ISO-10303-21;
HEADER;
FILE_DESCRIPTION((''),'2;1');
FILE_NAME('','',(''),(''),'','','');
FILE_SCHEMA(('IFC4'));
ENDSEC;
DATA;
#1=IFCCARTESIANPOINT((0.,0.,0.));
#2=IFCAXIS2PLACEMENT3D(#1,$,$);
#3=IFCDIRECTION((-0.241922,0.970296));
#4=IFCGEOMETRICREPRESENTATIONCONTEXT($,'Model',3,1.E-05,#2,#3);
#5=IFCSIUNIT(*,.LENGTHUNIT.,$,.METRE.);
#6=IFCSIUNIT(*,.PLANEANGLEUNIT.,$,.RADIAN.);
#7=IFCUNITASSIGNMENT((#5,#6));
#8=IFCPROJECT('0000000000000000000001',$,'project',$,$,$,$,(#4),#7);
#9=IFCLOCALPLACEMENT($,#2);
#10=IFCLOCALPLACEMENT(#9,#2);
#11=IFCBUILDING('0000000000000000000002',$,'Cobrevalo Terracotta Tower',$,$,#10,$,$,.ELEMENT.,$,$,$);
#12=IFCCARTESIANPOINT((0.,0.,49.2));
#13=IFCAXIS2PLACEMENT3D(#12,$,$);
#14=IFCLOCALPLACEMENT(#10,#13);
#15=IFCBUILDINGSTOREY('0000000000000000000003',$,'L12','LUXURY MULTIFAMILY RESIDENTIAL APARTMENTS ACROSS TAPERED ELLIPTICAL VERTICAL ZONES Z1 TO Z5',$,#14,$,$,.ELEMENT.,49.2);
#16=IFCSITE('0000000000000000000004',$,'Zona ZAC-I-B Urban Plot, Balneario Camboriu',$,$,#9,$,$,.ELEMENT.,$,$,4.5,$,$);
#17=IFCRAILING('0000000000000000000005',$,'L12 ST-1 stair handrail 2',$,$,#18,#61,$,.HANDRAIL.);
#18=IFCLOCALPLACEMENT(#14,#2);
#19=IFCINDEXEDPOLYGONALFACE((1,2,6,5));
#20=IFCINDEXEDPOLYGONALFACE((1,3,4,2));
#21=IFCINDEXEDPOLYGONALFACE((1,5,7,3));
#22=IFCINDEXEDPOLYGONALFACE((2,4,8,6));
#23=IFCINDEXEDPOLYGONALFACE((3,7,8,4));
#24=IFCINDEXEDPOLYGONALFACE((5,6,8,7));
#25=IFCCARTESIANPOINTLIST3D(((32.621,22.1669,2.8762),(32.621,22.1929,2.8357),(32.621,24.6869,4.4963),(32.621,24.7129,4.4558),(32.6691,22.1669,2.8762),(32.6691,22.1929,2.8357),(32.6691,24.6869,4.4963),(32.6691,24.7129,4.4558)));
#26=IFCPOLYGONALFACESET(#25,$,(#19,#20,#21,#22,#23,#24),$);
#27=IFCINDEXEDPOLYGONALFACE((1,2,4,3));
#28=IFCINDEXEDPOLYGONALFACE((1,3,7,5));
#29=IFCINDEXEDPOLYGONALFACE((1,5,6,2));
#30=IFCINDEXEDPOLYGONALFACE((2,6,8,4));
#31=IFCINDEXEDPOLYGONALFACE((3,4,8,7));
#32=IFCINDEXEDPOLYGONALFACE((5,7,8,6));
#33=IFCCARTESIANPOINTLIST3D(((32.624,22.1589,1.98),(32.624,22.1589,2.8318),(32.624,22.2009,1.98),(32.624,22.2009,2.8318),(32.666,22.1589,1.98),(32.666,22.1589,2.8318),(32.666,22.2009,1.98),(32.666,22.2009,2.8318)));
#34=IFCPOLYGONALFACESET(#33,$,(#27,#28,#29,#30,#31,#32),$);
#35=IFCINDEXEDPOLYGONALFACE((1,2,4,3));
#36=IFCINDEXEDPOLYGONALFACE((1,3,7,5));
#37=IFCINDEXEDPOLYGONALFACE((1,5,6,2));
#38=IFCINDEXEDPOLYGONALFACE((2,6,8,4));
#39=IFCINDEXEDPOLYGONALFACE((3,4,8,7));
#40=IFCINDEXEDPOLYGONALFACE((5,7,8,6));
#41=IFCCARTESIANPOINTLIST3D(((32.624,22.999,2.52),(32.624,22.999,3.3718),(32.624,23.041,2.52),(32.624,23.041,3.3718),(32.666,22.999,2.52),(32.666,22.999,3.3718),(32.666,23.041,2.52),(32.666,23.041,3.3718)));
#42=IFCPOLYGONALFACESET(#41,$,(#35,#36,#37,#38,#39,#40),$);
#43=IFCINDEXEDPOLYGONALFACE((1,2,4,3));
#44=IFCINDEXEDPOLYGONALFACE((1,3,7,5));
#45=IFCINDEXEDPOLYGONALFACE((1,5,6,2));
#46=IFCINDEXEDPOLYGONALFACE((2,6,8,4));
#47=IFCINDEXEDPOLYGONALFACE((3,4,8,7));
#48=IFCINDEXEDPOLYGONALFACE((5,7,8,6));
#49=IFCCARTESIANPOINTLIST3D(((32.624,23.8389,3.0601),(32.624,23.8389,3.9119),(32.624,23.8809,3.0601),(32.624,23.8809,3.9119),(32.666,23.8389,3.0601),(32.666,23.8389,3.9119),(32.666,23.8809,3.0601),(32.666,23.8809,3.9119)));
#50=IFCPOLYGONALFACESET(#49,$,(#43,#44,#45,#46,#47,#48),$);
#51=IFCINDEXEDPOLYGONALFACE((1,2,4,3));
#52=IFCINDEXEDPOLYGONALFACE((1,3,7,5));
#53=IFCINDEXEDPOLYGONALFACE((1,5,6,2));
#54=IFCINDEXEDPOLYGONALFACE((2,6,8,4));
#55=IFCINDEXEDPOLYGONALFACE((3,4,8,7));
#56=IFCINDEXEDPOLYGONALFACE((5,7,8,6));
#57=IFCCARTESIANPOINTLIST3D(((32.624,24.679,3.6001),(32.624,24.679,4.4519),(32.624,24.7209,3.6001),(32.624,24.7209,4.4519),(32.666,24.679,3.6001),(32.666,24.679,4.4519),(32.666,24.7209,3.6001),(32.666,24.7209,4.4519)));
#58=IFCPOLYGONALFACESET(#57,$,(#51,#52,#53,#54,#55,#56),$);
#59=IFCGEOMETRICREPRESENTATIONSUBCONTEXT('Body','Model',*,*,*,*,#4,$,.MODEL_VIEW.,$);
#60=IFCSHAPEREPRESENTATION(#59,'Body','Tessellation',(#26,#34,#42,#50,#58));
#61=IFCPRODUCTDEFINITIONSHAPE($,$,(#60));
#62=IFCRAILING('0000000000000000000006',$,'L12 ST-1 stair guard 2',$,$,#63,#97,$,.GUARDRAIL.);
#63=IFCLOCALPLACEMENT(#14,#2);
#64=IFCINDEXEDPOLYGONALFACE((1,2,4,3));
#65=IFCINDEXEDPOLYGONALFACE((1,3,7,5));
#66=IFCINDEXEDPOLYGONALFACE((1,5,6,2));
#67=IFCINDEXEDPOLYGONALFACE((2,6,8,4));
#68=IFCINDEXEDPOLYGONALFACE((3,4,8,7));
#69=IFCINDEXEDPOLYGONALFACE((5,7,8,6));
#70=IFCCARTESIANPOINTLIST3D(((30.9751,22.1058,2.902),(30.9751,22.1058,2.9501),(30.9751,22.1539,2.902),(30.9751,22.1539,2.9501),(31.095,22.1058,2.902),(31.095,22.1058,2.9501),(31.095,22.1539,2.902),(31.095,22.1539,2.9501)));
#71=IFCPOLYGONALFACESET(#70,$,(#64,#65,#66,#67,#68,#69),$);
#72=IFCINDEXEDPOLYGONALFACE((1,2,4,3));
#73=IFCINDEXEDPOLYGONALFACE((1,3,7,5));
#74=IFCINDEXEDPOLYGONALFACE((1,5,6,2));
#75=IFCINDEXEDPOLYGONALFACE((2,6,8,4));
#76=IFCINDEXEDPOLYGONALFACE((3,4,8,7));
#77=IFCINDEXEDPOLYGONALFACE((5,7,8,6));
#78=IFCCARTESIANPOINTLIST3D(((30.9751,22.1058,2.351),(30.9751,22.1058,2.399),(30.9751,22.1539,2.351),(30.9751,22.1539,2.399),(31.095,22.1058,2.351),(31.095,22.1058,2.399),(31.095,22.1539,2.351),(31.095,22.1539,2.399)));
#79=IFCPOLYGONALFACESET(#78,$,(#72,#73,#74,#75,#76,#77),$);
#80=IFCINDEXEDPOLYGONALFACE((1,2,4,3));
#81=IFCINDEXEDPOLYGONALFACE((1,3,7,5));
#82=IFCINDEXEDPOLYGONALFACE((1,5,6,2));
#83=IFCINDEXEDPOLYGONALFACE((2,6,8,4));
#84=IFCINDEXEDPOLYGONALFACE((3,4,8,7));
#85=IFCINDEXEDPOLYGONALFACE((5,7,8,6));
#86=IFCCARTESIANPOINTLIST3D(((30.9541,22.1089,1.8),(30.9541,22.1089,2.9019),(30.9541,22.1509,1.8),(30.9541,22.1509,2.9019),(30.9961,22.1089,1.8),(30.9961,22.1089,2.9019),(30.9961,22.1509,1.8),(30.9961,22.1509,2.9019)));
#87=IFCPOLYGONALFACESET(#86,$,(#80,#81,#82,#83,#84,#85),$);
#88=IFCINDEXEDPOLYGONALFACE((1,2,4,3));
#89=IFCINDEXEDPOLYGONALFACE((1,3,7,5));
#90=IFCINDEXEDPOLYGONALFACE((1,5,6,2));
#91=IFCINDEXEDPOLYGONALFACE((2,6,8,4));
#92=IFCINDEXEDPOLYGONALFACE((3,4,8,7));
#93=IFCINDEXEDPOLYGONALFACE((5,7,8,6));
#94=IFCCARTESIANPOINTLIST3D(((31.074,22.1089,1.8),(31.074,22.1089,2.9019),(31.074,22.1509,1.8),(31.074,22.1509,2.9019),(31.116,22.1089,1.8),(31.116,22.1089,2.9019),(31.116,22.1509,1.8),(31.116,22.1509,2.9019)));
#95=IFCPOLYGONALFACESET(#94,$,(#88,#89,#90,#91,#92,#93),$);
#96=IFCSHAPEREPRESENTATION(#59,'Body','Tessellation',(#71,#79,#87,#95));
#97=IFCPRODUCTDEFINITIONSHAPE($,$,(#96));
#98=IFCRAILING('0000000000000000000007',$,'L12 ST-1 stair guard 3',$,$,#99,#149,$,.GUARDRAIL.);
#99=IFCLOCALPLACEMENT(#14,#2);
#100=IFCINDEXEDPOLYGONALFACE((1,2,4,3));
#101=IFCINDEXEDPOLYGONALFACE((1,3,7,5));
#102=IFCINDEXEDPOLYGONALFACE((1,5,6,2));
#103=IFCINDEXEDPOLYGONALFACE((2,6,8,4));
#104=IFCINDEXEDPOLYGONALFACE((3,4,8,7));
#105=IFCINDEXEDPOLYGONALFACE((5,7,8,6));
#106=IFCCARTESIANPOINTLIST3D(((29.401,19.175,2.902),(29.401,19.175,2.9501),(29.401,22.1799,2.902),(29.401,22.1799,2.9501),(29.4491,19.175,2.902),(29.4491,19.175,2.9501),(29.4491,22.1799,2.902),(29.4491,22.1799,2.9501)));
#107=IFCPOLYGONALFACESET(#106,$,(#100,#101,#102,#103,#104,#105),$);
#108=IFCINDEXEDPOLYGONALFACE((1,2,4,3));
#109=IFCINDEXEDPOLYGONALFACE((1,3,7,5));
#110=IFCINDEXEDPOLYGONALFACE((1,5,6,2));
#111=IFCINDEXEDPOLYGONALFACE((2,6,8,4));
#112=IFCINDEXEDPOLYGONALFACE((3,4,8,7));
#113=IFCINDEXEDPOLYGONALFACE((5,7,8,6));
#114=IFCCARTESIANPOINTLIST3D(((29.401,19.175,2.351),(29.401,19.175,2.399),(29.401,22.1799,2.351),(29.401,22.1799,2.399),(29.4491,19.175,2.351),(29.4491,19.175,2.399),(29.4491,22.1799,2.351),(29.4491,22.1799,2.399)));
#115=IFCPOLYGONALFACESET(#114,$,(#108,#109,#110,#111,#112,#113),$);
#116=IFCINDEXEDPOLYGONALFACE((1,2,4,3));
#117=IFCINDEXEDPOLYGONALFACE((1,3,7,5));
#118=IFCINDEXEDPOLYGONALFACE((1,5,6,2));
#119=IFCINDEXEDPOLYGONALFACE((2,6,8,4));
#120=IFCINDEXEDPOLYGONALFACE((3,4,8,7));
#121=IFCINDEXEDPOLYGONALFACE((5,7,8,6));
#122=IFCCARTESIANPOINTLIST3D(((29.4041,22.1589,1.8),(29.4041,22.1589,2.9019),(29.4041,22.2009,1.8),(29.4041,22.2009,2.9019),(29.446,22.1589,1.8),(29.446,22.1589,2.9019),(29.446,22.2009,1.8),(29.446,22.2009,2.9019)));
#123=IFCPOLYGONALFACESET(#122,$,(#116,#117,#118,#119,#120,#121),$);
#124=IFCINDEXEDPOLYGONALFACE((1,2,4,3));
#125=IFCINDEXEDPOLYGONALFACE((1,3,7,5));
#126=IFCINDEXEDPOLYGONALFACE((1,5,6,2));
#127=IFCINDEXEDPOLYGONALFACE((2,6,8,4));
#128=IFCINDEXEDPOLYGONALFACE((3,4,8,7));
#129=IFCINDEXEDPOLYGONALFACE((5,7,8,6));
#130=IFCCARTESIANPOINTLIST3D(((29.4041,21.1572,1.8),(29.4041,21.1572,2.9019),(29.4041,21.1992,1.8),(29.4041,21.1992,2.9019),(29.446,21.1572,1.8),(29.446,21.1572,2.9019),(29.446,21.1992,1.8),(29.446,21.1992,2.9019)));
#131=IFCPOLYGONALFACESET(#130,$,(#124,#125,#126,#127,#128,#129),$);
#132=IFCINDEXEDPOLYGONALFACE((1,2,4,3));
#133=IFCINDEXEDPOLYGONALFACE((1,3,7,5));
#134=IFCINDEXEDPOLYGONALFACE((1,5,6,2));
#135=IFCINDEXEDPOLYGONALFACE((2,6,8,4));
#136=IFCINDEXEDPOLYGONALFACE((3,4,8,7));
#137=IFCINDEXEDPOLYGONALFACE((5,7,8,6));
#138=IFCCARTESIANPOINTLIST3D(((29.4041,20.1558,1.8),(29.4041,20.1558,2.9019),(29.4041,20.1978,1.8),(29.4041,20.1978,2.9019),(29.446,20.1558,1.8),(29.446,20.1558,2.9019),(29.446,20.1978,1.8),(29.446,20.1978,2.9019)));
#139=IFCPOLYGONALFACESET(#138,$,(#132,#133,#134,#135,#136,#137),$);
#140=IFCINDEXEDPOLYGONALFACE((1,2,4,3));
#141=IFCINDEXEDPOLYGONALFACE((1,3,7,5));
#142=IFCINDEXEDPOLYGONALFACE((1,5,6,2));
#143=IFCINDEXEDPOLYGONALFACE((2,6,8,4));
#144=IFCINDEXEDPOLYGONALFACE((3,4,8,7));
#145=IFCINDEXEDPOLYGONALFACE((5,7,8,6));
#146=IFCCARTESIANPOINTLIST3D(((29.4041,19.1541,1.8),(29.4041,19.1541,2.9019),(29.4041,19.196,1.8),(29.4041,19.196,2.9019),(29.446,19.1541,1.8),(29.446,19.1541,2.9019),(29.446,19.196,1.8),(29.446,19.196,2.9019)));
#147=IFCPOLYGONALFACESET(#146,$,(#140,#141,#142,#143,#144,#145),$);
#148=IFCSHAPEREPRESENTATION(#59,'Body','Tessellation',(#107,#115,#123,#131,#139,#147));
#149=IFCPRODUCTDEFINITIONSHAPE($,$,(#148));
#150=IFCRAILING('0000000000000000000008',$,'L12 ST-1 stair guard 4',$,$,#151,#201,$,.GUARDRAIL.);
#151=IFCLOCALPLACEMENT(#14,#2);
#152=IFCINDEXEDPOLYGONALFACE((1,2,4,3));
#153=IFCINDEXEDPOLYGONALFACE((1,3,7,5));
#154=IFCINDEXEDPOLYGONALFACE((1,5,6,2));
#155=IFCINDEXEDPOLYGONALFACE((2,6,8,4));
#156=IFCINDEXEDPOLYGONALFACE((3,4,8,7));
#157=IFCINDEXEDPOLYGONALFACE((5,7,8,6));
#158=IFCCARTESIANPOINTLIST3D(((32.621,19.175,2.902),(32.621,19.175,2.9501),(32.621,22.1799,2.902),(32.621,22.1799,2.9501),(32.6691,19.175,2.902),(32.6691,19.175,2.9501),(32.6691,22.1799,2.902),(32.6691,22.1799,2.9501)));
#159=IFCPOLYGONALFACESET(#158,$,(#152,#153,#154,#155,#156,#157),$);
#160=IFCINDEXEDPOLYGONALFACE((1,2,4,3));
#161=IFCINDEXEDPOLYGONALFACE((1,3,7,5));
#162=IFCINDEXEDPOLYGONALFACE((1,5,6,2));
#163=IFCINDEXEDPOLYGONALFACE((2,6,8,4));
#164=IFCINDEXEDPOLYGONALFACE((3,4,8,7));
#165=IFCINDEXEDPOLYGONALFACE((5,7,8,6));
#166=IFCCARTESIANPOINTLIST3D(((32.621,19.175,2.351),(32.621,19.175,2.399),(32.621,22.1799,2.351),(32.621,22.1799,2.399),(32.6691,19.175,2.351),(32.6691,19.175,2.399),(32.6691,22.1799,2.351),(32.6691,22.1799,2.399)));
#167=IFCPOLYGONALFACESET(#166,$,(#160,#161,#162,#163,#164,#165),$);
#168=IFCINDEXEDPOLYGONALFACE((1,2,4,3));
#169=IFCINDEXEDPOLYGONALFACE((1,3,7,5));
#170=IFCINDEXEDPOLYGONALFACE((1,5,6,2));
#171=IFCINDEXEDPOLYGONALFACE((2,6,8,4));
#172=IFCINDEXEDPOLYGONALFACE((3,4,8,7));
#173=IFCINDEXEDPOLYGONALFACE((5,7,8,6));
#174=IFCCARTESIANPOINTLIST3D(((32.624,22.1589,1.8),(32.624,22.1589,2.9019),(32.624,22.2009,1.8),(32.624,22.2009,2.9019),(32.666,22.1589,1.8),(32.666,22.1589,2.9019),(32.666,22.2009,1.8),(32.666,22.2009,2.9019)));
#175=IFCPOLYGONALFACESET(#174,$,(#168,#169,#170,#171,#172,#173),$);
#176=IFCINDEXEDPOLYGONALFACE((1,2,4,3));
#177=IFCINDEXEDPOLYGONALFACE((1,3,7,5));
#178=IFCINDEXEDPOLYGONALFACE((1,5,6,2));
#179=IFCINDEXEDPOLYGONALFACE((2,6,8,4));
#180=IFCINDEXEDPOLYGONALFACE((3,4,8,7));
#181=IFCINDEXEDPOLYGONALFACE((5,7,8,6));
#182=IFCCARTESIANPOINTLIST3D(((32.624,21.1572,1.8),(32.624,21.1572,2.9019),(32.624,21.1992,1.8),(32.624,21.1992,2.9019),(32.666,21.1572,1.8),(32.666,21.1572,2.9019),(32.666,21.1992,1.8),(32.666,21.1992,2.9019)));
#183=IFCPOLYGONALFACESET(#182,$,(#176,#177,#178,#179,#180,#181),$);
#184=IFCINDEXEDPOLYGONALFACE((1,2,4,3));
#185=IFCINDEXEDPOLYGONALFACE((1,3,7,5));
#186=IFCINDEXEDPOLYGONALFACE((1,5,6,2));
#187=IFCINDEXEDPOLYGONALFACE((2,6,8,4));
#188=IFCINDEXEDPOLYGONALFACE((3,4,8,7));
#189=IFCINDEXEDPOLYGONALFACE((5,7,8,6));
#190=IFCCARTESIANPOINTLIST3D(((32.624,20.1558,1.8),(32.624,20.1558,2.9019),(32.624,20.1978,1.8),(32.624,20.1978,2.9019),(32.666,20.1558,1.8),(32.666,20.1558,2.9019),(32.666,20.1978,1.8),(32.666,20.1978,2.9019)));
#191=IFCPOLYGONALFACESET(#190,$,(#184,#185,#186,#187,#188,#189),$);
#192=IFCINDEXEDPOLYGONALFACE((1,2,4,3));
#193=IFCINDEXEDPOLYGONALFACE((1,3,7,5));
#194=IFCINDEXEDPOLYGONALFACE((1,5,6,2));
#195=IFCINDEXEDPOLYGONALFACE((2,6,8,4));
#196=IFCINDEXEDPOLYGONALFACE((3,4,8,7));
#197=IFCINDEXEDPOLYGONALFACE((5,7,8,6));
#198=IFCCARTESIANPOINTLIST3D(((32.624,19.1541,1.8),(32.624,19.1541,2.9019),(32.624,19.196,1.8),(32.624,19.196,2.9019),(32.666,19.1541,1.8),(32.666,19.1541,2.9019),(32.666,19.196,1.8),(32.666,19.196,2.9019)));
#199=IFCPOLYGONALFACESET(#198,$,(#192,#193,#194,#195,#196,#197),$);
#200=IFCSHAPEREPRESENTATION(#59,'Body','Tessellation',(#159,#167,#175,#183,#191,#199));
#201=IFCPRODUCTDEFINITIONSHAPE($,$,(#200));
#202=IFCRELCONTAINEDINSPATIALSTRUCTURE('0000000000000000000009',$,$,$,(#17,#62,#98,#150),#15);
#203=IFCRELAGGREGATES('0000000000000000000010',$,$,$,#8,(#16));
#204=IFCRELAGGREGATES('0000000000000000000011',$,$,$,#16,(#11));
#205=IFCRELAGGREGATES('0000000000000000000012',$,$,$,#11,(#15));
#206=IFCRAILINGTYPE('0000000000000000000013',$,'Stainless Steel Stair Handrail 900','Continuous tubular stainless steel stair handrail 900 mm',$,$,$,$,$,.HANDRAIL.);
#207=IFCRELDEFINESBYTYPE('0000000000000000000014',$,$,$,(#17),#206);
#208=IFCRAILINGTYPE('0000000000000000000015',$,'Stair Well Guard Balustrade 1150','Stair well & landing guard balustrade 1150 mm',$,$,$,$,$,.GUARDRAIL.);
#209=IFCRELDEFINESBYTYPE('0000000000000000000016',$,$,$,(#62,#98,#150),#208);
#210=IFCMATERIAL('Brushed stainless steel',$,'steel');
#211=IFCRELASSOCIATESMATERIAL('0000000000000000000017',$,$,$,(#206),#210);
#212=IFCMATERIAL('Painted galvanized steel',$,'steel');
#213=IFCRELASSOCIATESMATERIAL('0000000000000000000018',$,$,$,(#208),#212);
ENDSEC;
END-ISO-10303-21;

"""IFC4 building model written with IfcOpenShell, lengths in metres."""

from ifc_helpers import new_model, si_unit, direction, frame, origin, origin_2d, place, context, subcontext, project, spatial, rectangle, extrude, material, type_object, element, save


model = new_model("IFC4")

# Units and contexts
model_context = context("Model", 3, precision=1e-05, world=origin(), true_north=direction((-0.241922, 0.970296)))
body_context = subcontext(model_context, "Body", "Model", "MODEL_VIEW")
ifc_project = project(units=[si_unit("LENGTHUNIT", "METRE"), si_unit("PLANEANGLEUNIT", "RADIAN")], contexts=[model_context])

# Site, building, storey
site_placement = place(None, origin())
site = spatial("IfcSite", under=ifc_project, at=site_placement, Name="Zona ZAC-I-B Urban Plot, Balneario Camboriu", CompositionType="ELEMENT", RefElevation=4.5)
building_placement = place(site_placement, origin())
building = spatial("IfcBuilding", under=site, at=building_placement, Name="Cobrevalo Terracotta Tower", CompositionType="ELEMENT")
storey_placement = place(building_placement, frame((0.0, 0.0, 49.2)))
storey = spatial("IfcBuildingStorey", under=building, at=storey_placement, Name="L12", Description="LUXURY MULTIFAMILY RESIDENTIAL APARTMENTS ACROSS TAPERED ELLIPTICAL VERTICAL ZONES Z1 TO Z5", CompositionType="ELEMENT", Elevation=49.2)

# Railings
ifc_material_1 = material(Name="Brushed stainless steel", Category="steel")
railing_type_1 = type_object("IfcRailingType", Name="Stainless Steel Stair Handrail 900", Description="Continuous tubular stainless steel stair handrail 900 mm", PredefinedType="HANDRAIL", material=ifc_material_1)
railing_1_placement = place(storey_placement, frame((32.645, 22.1799, 1.98)))
element("IfcRailing", 1, at=railing_1_placement, inside=storey, type_object=railing_type_1, Name="L12 ST-1 stair handrail 2", PredefinedType="HANDRAIL", context=body_context, shape_type="SweptSolid", body=[
    extrude(rectangle(XDim=0.0481, YDim=0.0481, at=origin_2d()), frame((0.0, 0.0, 0.876), z_axis=(0.0, 0.841163, 0.540782), x_axis=(-1.0, 0.0, 0.0)), (0.0, 0.0, 1.0), 2.9958),
    extrude(rectangle(XDim=0.042, YDim=0.042, at=origin_2d()), origin(), (0.0, 0.0, 1.0), 0.8518),
    extrude(rectangle(XDim=0.042, YDim=0.042, at=origin_2d()), frame((0.0, 0.8401, 0.54)), (0.0, 0.0, 1.0), 0.8518),
    extrude(rectangle(XDim=0.042, YDim=0.042, at=origin_2d()), frame((0.0, 1.6799, 1.0801)), (0.0, 0.0, 1.0), 0.8518),
    extrude(rectangle(XDim=0.042, YDim=0.042, at=origin_2d()), frame((0.0, 2.52, 1.6201)), (0.0, 0.0, 1.0), 0.8518),
])
ifc_material_2 = material(Name="Painted galvanized steel", Category="steel")
railing_type_2 = type_object("IfcRailingType", Name="Stair Well Guard Balustrade 1150", Description="Stair well & landing guard balustrade 1150 mm", PredefinedType="GUARDRAIL", material=ifc_material_2)
railing_2_placement = place(storey_placement, frame((30.9751, 22.1299, 1.8)))
element("IfcRailing", 2, at=railing_2_placement, inside=storey, type_object=railing_type_2, Name="L12 ST-1 stair guard 2", PredefinedType="GUARDRAIL", context=body_context, shape_type="SweptSolid", body=[
    extrude(rectangle(XDim=0.0481, YDim=0.0481, at=origin_2d()), frame((0.0, 0.0, 1.126), z_axis=(1.0, 0.0, 0.0), x_axis=(0.0, 1.0, 0.0)), (0.0, 0.0, 1.0), 0.1199),
    extrude(rectangle(XDim=0.0481, YDim=0.0481, at=origin_2d()), frame((0.0, 0.0, 0.575), z_axis=(1.0, 0.0, 0.0), x_axis=(0.0, 1.0, 0.0)), (0.0, 0.0, 1.0), 0.1199),
    extrude(rectangle(XDim=0.042, YDim=0.042, at=origin_2d()), origin(), (0.0, 0.0, 1.0), 1.1018),
    extrude(rectangle(XDim=0.042, YDim=0.042, at=origin_2d()), frame((0.1199, 0.0, 0.0)), (0.0, 0.0, 1.0), 1.1018),
])
for number, where, name in (
    (3, (29.425, 22.1799, 1.8), "L12 ST-1 stair guard 3"),
    (4, (32.645, 22.1799, 1.8), "L12 ST-1 stair guard 4"),
):
    element("IfcRailing", number, at=place(storey_placement, frame(where)), inside=storey, type_object=railing_type_2, Name=name, PredefinedType="GUARDRAIL", context=body_context, shape_type="SweptSolid", body=[
        extrude(rectangle(XDim=0.0481, YDim=0.0481, at=origin_2d()), frame((0.0, 0.0, 1.126), z_axis=(0.0, -1.0, 0.0), x_axis=(1.0, 0.0, 0.0)), (0.0, 0.0, 1.0), 3.0049),
        extrude(rectangle(XDim=0.0481, YDim=0.0481, at=origin_2d()), frame((0.0, 0.0, 0.575), z_axis=(0.0, -1.0, 0.0), x_axis=(1.0, 0.0, 0.0)), (0.0, 0.0, 1.0), 3.0049),
        extrude(rectangle(XDim=0.042, YDim=0.042, at=origin_2d()), origin(), (0.0, 0.0, 1.0), 1.1018),
        extrude(rectangle(XDim=0.042, YDim=0.042, at=origin_2d()), frame((0.0, -1.0017, 0.0)), (0.0, 0.0, 1.0), 1.1018),
        extrude(rectangle(XDim=0.042, YDim=0.042, at=origin_2d()), frame((0.0, -2.0032, 0.0)), (0.0, 0.0, 1.0), 1.1018),
        extrude(rectangle(XDim=0.042, YDim=0.042, at=origin_2d()), frame((0.0, -3.0049, 0.0)), (0.0, 0.0, 1.0), 1.1018),
    ])

save(model, "model.ifc")
